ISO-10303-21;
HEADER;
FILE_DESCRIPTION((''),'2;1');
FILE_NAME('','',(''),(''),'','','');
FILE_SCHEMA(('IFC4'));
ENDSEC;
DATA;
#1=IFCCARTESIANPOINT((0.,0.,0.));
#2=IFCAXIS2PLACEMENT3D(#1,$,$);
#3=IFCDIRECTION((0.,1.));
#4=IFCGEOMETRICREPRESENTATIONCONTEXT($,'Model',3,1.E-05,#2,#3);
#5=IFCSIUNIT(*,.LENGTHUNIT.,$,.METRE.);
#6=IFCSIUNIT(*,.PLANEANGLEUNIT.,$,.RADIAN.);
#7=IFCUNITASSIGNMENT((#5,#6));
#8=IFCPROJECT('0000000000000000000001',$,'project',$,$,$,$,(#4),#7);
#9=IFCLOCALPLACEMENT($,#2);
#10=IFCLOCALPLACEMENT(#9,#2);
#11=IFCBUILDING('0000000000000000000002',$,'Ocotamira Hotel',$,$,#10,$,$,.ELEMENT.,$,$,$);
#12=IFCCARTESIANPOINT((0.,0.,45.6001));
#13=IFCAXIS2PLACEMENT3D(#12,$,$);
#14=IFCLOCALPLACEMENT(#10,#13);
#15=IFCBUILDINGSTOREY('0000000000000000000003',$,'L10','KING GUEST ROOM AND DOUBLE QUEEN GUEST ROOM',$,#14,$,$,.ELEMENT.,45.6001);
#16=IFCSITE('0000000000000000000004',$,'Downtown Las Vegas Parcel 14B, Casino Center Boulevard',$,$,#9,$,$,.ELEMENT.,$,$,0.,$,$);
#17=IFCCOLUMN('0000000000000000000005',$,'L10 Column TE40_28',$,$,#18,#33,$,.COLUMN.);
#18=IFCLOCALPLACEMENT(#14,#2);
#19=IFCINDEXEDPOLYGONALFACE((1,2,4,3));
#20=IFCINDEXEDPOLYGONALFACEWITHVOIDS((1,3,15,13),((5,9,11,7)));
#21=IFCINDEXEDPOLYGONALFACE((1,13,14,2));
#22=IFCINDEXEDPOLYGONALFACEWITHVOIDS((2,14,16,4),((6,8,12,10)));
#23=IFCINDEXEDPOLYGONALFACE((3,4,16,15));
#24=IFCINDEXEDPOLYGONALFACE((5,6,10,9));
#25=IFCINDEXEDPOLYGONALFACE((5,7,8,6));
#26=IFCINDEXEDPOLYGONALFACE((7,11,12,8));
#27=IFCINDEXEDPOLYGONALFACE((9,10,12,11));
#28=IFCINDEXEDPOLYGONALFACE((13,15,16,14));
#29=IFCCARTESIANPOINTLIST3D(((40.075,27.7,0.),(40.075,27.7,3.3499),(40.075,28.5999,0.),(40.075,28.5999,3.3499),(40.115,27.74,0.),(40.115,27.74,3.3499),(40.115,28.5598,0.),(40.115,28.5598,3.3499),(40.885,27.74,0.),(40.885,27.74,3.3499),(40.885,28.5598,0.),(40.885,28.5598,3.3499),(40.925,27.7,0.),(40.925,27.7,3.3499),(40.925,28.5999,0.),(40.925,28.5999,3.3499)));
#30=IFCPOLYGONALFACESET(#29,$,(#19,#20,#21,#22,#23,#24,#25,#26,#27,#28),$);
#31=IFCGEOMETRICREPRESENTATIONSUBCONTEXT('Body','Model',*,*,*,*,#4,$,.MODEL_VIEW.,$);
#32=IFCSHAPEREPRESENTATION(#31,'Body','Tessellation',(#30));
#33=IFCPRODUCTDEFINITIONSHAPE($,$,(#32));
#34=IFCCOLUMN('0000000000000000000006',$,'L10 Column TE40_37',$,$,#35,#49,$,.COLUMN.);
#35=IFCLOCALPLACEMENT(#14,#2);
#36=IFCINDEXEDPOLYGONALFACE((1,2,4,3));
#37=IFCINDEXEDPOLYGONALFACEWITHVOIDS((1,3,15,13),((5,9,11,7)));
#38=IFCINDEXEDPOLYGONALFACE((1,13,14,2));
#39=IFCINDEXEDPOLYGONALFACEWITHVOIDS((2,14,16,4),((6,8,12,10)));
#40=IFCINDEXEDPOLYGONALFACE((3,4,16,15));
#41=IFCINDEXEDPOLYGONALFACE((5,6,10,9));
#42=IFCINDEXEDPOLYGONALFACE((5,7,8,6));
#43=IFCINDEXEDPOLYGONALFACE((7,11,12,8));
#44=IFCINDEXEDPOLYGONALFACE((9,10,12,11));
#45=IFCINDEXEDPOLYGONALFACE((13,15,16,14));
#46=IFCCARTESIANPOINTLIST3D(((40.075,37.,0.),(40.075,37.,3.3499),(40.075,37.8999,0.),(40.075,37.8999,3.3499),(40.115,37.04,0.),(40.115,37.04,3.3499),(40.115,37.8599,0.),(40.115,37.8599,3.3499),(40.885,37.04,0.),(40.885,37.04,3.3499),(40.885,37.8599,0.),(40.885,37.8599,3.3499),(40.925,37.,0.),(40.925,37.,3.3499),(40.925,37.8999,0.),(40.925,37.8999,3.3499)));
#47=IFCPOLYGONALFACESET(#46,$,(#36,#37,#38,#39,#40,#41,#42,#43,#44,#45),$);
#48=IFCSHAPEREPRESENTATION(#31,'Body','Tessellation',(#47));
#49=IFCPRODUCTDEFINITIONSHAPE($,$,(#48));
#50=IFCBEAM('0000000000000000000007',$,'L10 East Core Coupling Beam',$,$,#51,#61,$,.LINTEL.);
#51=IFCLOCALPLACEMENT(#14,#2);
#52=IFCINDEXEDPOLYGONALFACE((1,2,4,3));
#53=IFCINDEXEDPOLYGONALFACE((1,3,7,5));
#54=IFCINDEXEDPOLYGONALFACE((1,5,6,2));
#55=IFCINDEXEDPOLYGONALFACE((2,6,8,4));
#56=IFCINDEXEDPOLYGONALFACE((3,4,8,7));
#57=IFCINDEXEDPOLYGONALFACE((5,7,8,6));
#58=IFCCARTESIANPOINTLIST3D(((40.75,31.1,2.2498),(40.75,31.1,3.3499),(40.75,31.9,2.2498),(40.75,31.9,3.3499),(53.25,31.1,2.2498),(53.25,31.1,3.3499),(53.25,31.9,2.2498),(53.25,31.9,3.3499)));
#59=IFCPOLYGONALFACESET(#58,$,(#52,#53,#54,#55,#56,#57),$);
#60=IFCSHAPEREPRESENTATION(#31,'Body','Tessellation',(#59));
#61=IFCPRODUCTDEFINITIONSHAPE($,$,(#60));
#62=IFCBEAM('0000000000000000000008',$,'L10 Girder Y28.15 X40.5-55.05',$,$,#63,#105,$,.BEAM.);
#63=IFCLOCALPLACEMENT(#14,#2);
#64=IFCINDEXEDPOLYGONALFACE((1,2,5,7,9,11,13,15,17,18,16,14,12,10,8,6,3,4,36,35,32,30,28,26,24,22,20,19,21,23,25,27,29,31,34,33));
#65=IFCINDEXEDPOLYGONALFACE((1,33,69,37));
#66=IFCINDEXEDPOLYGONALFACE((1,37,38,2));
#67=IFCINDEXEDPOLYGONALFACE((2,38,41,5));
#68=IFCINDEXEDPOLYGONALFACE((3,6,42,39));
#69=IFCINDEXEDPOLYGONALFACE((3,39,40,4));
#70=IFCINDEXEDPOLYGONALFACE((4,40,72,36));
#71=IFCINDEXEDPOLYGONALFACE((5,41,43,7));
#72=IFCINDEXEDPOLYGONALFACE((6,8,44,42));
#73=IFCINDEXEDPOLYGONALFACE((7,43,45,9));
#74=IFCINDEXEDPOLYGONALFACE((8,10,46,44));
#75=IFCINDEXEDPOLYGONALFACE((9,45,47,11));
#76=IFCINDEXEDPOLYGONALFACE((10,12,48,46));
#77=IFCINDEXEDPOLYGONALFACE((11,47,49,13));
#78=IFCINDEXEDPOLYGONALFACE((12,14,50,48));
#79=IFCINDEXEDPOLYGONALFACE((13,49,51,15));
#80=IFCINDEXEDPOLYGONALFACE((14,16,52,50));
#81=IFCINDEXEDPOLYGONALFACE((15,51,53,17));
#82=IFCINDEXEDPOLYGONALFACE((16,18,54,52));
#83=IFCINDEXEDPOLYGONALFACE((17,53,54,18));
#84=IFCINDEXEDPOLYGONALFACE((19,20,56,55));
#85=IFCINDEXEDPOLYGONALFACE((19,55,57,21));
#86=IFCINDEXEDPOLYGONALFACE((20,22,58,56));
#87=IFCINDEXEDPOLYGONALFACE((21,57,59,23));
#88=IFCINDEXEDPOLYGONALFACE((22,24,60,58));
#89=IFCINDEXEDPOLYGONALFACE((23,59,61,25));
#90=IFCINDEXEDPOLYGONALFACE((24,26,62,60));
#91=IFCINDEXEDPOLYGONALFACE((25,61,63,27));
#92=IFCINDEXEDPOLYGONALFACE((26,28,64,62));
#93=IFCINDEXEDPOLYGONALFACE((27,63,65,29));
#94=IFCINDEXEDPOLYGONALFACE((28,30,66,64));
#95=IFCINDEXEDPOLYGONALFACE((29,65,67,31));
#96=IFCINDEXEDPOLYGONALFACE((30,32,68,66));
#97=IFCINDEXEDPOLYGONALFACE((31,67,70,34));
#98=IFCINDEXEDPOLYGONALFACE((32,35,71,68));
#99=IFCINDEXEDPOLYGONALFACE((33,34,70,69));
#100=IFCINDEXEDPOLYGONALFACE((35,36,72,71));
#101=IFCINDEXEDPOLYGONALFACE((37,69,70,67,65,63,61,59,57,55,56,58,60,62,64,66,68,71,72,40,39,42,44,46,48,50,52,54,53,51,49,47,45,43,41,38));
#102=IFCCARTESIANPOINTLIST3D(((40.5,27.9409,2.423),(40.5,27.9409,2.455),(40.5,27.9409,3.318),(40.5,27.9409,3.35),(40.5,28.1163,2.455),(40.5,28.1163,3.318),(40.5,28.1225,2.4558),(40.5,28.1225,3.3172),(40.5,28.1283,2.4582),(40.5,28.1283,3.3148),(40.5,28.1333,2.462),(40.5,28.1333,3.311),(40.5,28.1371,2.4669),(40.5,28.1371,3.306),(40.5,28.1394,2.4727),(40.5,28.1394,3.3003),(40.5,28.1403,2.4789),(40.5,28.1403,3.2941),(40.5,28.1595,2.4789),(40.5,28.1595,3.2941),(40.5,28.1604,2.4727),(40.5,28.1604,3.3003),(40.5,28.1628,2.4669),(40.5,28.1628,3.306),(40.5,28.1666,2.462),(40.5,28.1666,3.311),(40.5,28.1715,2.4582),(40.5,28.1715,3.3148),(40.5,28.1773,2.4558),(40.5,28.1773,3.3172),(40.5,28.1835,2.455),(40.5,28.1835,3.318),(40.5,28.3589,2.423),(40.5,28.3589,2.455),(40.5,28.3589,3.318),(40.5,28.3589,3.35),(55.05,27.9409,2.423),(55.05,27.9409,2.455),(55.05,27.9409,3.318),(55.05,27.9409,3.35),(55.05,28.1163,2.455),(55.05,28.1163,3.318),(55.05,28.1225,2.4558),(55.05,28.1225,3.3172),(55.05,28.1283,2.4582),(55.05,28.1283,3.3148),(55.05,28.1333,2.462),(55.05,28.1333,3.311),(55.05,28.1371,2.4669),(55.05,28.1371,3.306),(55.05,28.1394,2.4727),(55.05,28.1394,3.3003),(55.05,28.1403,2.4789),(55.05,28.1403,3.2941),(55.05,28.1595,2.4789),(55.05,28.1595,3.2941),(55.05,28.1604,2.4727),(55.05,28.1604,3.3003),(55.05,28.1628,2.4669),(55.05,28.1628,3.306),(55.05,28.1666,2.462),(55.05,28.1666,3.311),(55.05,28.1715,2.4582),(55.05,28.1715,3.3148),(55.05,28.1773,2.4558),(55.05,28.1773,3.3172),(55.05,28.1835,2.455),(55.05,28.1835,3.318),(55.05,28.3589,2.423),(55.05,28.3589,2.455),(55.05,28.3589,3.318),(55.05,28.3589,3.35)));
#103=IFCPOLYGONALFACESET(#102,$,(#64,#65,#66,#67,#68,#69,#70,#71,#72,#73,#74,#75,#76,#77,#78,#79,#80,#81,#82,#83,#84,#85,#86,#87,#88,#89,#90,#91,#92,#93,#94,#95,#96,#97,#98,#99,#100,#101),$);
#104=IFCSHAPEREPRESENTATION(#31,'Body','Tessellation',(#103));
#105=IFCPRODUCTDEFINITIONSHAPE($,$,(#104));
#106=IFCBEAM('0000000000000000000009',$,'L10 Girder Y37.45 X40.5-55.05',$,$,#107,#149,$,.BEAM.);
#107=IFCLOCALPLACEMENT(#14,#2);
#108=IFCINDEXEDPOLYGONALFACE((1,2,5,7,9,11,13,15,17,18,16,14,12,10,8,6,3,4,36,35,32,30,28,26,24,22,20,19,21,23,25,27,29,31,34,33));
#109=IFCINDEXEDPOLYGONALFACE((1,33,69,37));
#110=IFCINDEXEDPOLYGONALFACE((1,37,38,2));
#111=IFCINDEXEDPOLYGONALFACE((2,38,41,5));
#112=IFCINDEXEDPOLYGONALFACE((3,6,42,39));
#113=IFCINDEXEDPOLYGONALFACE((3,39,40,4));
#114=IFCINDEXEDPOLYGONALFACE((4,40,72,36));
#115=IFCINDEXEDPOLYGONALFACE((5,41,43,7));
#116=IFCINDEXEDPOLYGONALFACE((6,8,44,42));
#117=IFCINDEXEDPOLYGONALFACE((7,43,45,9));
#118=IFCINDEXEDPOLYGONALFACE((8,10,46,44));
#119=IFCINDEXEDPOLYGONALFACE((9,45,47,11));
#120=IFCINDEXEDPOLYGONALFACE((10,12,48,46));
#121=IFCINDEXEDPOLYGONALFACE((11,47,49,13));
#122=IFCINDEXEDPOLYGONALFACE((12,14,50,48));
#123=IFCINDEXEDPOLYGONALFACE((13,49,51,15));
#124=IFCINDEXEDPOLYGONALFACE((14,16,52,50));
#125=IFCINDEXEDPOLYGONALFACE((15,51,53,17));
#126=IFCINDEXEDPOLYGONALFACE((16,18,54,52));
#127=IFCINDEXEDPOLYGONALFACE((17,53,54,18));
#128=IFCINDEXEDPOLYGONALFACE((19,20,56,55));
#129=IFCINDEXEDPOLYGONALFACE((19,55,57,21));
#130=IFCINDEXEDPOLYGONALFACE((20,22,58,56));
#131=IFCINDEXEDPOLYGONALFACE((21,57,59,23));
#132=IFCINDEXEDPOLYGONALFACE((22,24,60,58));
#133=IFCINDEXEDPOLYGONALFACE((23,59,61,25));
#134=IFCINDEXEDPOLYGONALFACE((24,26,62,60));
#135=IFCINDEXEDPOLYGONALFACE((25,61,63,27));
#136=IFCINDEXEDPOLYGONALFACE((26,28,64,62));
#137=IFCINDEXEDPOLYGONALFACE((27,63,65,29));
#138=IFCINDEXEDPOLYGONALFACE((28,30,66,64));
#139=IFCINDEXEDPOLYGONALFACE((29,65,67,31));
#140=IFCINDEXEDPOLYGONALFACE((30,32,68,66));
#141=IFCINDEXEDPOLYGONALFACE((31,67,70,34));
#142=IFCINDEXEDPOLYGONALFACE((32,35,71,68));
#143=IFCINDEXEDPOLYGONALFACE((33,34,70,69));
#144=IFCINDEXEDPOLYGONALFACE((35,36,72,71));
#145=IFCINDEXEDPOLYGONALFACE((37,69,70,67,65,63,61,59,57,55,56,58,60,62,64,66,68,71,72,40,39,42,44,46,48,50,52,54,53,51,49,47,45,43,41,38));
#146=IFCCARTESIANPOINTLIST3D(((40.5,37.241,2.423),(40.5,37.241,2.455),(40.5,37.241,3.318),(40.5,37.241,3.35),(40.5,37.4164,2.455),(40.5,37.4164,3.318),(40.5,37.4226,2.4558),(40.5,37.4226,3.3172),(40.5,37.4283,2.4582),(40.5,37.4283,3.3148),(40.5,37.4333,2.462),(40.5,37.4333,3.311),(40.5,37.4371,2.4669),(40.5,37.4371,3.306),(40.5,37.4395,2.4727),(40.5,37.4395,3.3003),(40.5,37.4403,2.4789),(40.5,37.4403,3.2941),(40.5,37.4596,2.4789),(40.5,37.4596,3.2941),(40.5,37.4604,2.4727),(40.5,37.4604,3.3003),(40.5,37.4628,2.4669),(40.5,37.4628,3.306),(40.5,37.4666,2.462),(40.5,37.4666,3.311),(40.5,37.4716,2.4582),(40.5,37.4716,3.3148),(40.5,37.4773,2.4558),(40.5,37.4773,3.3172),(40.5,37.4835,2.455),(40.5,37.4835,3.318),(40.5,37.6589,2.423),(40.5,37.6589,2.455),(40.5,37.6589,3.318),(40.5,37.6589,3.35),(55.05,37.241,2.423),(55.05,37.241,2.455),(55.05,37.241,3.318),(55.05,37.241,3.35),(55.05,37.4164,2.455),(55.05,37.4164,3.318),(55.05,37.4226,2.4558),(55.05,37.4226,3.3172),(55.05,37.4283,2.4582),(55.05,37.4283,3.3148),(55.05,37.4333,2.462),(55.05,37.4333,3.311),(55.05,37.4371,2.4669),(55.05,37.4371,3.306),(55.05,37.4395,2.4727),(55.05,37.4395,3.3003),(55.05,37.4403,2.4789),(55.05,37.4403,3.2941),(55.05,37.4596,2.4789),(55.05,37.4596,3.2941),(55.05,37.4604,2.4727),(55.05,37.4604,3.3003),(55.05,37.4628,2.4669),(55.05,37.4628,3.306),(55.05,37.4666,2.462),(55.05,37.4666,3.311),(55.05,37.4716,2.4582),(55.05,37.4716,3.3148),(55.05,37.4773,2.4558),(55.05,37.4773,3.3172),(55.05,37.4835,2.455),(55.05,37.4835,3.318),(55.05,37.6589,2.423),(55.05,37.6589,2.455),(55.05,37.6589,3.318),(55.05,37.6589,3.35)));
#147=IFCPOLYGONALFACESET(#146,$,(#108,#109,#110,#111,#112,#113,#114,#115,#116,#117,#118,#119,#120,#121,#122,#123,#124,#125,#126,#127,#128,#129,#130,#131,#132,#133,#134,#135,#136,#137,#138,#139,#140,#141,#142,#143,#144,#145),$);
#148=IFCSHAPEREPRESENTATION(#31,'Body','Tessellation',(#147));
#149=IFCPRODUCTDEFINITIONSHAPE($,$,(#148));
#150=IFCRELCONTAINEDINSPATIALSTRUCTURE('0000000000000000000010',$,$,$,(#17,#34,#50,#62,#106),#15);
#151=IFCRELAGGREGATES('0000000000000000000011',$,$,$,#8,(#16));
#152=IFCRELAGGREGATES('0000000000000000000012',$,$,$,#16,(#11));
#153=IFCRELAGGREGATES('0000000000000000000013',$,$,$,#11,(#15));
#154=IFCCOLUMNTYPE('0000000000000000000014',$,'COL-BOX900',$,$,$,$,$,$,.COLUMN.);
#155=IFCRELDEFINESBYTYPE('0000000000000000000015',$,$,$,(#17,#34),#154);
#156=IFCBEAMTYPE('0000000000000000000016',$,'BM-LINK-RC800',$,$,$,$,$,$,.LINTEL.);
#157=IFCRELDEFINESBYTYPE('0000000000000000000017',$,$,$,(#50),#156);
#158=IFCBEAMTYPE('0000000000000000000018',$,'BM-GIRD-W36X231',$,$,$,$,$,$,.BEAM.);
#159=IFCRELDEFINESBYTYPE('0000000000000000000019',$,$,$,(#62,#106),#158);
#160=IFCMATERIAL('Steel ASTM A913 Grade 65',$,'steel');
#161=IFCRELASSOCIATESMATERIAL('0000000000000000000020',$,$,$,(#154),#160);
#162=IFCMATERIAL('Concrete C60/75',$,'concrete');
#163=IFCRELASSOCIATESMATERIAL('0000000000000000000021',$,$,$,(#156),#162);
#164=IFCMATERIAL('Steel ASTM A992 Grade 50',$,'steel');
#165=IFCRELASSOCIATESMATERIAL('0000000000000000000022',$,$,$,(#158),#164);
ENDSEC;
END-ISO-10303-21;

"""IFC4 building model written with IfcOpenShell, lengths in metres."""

from ifc_helpers import new_model, si_unit, direction, frame, origin, origin_2d, place, context, subcontext, project, spatial, rectangle, hollow_rectangle, i_section, extrude, source, transform, mapped, material, material_profile, profile_set, type_object, element, save


model = new_model("IFC4")

# Units and contexts
model_context = context("Model", 3, precision=1e-05, world=origin(), true_north=direction((0.0, 1.0)))
body_context = subcontext(model_context, "Body", "Model", "MODEL_VIEW")
ifc_project = project(units=[si_unit("LENGTHUNIT", "METRE"), si_unit("PLANEANGLEUNIT", "RADIAN")], contexts=[model_context])

# Site, building, storey
site_placement = place(None, origin())
site = spatial("IfcSite", under=ifc_project, at=site_placement, Name="Downtown Las Vegas Parcel 14B, Casino Center Boulevard", CompositionType="ELEMENT", RefElevation=0.0)
building_placement = place(site_placement, origin())
building = spatial("IfcBuilding", under=site, at=building_placement, Name="Ocotamira Hotel", CompositionType="ELEMENT")
storey_placement = place(building_placement, frame((0.0, 0.0, 45.6001)))
storey = spatial("IfcBuildingStorey", under=building, at=storey_placement, Name="L10", Description="KING GUEST ROOM AND DOUBLE QUEEN GUEST ROOM", CompositionType="ELEMENT", Elevation=45.6001)

# Columns
ifc_material_1 = material(Name="Steel ASTM A913 Grade 65", Category="steel")
ifc_material_profile_1 = material_profile(ifc_material_1, hollow_rectangle(XDim=0.8501, YDim=0.8999, WallThickness=0.04, at=origin_2d()), Name="BOX900X850X40")
ifc_profile_set_1 = profile_set([ifc_material_profile_1], Name="Steel ASTM A913 Grade 65")
column_type = type_object("IfcColumnType", Name="COL-BOX900", PredefinedType="COLUMN", material=ifc_profile_set_1)
shared_shape_1 = source(origin(), body_context, "Body", "SweptSolid", [
    extrude(hollow_rectangle(XDim=0.8501, YDim=0.8999, WallThickness=0.04, at=origin_2d()), origin(), (0.0, 0.0, 1.0), 3.3499),
])
for number, where, z_axis, x_axis, name in (
    (1, (40.5, 28.1499, 0.0), (0.0, 0.0, 1.0), (1.0, 0.0, 0.0), "L10 Column TE40_28"),
    (2, (40.5, 37.45, 0.0), (0.0, 0.0, 1.0), (1.0, 0.0, 0.0), "L10 Column TE40_37"),
):
    element("IfcColumn", number, at=place(storey_placement, frame(where, z_axis=z_axis, x_axis=x_axis)), inside=storey, type_object=column_type, Name=name, PredefinedType="COLUMN", context=body_context, shape_type="MappedRepresentation", body=[
        mapped(shared_shape_1, transform((0.0, 0.0, 0.0), scale=1.0)),
    ])

# Beams
ifc_material_2 = material(Name="Concrete C60/75", Category="concrete")
ifc_material_profile_2 = material_profile(ifc_material_2, rectangle(XDim=0.8, YDim=1.1001, at=origin_2d()), Name="RC800X1100")
ifc_profile_set_2 = profile_set([ifc_material_profile_2], Name="Concrete C60/75")
beam_type_1 = type_object("IfcBeamType", Name="BM-LINK-RC800", PredefinedType="LINTEL", material=ifc_profile_set_2)
shared_shape_2 = source(origin(), body_context, "Body", "SweptSolid", [
    extrude(rectangle(XDim=0.8, YDim=1.1001, at=origin_2d()), origin(), (0.0, 0.0, 1.0), 12.5),
])
beam_1_placement = place(storey_placement, frame((40.75, 31.5, 2.7998), z_axis=(1.0, 0.0, 0.0), x_axis=(0.0, 1.0, 0.0)))
element("IfcBeam", 3, at=beam_1_placement, inside=storey, type_object=beam_type_1, Name="L10 East Core Coupling Beam", PredefinedType="LINTEL", context=body_context, shape_type="MappedRepresentation", body=[
    mapped(shared_shape_2, transform((0.0, 0.0, 0.0), scale=1.0)),
])
ifc_material_3 = material(Name="Steel ASTM A992 Grade 50", Category="steel")
ifc_material_profile_3 = material_profile(ifc_material_3, i_section(OverallWidth=0.418, OverallDepth=0.927, WebThickness=0.0193, FlangeThickness=0.032, FilletRadius=0.0239, at=origin_2d()), Name="W36X231")
ifc_profile_set_3 = profile_set([ifc_material_profile_3], Name="Steel ASTM A992 Grade 50")
beam_type_2 = type_object("IfcBeamType", Name="BM-GIRD-W36X231", PredefinedType="BEAM", material=ifc_profile_set_3)
shared_shape_3 = source(origin(), body_context, "Body", "SweptSolid", [
    extrude(i_section(OverallWidth=0.418, OverallDepth=0.927, WebThickness=0.0193, FlangeThickness=0.032, FilletRadius=0.0239, at=origin_2d()), origin(), (0.0, 0.0, 1.0), 14.55),
])
for number, where, z_axis, x_axis, name in (
    (4, (40.5, 28.1499, 2.8865), (1.0, 0.0, 0.0), (0.0, 1.0, 0.0), "L10 Girder Y28.15 X40.5-55.05"),
    (5, (40.5, 37.45, 2.8865), (1.0, 0.0, 0.0), (0.0, 1.0, 0.0), "L10 Girder Y37.45 X40.5-55.05"),
):
    element("IfcBeam", number, at=place(storey_placement, frame(where, z_axis=z_axis, x_axis=x_axis)), inside=storey, type_object=beam_type_2, Name=name, PredefinedType="BEAM", context=body_context, shape_type="MappedRepresentation", body=[
        mapped(shared_shape_3, transform((0.0, 0.0, 0.0), scale=1.0)),
    ])

save(model, "model.ifc")
